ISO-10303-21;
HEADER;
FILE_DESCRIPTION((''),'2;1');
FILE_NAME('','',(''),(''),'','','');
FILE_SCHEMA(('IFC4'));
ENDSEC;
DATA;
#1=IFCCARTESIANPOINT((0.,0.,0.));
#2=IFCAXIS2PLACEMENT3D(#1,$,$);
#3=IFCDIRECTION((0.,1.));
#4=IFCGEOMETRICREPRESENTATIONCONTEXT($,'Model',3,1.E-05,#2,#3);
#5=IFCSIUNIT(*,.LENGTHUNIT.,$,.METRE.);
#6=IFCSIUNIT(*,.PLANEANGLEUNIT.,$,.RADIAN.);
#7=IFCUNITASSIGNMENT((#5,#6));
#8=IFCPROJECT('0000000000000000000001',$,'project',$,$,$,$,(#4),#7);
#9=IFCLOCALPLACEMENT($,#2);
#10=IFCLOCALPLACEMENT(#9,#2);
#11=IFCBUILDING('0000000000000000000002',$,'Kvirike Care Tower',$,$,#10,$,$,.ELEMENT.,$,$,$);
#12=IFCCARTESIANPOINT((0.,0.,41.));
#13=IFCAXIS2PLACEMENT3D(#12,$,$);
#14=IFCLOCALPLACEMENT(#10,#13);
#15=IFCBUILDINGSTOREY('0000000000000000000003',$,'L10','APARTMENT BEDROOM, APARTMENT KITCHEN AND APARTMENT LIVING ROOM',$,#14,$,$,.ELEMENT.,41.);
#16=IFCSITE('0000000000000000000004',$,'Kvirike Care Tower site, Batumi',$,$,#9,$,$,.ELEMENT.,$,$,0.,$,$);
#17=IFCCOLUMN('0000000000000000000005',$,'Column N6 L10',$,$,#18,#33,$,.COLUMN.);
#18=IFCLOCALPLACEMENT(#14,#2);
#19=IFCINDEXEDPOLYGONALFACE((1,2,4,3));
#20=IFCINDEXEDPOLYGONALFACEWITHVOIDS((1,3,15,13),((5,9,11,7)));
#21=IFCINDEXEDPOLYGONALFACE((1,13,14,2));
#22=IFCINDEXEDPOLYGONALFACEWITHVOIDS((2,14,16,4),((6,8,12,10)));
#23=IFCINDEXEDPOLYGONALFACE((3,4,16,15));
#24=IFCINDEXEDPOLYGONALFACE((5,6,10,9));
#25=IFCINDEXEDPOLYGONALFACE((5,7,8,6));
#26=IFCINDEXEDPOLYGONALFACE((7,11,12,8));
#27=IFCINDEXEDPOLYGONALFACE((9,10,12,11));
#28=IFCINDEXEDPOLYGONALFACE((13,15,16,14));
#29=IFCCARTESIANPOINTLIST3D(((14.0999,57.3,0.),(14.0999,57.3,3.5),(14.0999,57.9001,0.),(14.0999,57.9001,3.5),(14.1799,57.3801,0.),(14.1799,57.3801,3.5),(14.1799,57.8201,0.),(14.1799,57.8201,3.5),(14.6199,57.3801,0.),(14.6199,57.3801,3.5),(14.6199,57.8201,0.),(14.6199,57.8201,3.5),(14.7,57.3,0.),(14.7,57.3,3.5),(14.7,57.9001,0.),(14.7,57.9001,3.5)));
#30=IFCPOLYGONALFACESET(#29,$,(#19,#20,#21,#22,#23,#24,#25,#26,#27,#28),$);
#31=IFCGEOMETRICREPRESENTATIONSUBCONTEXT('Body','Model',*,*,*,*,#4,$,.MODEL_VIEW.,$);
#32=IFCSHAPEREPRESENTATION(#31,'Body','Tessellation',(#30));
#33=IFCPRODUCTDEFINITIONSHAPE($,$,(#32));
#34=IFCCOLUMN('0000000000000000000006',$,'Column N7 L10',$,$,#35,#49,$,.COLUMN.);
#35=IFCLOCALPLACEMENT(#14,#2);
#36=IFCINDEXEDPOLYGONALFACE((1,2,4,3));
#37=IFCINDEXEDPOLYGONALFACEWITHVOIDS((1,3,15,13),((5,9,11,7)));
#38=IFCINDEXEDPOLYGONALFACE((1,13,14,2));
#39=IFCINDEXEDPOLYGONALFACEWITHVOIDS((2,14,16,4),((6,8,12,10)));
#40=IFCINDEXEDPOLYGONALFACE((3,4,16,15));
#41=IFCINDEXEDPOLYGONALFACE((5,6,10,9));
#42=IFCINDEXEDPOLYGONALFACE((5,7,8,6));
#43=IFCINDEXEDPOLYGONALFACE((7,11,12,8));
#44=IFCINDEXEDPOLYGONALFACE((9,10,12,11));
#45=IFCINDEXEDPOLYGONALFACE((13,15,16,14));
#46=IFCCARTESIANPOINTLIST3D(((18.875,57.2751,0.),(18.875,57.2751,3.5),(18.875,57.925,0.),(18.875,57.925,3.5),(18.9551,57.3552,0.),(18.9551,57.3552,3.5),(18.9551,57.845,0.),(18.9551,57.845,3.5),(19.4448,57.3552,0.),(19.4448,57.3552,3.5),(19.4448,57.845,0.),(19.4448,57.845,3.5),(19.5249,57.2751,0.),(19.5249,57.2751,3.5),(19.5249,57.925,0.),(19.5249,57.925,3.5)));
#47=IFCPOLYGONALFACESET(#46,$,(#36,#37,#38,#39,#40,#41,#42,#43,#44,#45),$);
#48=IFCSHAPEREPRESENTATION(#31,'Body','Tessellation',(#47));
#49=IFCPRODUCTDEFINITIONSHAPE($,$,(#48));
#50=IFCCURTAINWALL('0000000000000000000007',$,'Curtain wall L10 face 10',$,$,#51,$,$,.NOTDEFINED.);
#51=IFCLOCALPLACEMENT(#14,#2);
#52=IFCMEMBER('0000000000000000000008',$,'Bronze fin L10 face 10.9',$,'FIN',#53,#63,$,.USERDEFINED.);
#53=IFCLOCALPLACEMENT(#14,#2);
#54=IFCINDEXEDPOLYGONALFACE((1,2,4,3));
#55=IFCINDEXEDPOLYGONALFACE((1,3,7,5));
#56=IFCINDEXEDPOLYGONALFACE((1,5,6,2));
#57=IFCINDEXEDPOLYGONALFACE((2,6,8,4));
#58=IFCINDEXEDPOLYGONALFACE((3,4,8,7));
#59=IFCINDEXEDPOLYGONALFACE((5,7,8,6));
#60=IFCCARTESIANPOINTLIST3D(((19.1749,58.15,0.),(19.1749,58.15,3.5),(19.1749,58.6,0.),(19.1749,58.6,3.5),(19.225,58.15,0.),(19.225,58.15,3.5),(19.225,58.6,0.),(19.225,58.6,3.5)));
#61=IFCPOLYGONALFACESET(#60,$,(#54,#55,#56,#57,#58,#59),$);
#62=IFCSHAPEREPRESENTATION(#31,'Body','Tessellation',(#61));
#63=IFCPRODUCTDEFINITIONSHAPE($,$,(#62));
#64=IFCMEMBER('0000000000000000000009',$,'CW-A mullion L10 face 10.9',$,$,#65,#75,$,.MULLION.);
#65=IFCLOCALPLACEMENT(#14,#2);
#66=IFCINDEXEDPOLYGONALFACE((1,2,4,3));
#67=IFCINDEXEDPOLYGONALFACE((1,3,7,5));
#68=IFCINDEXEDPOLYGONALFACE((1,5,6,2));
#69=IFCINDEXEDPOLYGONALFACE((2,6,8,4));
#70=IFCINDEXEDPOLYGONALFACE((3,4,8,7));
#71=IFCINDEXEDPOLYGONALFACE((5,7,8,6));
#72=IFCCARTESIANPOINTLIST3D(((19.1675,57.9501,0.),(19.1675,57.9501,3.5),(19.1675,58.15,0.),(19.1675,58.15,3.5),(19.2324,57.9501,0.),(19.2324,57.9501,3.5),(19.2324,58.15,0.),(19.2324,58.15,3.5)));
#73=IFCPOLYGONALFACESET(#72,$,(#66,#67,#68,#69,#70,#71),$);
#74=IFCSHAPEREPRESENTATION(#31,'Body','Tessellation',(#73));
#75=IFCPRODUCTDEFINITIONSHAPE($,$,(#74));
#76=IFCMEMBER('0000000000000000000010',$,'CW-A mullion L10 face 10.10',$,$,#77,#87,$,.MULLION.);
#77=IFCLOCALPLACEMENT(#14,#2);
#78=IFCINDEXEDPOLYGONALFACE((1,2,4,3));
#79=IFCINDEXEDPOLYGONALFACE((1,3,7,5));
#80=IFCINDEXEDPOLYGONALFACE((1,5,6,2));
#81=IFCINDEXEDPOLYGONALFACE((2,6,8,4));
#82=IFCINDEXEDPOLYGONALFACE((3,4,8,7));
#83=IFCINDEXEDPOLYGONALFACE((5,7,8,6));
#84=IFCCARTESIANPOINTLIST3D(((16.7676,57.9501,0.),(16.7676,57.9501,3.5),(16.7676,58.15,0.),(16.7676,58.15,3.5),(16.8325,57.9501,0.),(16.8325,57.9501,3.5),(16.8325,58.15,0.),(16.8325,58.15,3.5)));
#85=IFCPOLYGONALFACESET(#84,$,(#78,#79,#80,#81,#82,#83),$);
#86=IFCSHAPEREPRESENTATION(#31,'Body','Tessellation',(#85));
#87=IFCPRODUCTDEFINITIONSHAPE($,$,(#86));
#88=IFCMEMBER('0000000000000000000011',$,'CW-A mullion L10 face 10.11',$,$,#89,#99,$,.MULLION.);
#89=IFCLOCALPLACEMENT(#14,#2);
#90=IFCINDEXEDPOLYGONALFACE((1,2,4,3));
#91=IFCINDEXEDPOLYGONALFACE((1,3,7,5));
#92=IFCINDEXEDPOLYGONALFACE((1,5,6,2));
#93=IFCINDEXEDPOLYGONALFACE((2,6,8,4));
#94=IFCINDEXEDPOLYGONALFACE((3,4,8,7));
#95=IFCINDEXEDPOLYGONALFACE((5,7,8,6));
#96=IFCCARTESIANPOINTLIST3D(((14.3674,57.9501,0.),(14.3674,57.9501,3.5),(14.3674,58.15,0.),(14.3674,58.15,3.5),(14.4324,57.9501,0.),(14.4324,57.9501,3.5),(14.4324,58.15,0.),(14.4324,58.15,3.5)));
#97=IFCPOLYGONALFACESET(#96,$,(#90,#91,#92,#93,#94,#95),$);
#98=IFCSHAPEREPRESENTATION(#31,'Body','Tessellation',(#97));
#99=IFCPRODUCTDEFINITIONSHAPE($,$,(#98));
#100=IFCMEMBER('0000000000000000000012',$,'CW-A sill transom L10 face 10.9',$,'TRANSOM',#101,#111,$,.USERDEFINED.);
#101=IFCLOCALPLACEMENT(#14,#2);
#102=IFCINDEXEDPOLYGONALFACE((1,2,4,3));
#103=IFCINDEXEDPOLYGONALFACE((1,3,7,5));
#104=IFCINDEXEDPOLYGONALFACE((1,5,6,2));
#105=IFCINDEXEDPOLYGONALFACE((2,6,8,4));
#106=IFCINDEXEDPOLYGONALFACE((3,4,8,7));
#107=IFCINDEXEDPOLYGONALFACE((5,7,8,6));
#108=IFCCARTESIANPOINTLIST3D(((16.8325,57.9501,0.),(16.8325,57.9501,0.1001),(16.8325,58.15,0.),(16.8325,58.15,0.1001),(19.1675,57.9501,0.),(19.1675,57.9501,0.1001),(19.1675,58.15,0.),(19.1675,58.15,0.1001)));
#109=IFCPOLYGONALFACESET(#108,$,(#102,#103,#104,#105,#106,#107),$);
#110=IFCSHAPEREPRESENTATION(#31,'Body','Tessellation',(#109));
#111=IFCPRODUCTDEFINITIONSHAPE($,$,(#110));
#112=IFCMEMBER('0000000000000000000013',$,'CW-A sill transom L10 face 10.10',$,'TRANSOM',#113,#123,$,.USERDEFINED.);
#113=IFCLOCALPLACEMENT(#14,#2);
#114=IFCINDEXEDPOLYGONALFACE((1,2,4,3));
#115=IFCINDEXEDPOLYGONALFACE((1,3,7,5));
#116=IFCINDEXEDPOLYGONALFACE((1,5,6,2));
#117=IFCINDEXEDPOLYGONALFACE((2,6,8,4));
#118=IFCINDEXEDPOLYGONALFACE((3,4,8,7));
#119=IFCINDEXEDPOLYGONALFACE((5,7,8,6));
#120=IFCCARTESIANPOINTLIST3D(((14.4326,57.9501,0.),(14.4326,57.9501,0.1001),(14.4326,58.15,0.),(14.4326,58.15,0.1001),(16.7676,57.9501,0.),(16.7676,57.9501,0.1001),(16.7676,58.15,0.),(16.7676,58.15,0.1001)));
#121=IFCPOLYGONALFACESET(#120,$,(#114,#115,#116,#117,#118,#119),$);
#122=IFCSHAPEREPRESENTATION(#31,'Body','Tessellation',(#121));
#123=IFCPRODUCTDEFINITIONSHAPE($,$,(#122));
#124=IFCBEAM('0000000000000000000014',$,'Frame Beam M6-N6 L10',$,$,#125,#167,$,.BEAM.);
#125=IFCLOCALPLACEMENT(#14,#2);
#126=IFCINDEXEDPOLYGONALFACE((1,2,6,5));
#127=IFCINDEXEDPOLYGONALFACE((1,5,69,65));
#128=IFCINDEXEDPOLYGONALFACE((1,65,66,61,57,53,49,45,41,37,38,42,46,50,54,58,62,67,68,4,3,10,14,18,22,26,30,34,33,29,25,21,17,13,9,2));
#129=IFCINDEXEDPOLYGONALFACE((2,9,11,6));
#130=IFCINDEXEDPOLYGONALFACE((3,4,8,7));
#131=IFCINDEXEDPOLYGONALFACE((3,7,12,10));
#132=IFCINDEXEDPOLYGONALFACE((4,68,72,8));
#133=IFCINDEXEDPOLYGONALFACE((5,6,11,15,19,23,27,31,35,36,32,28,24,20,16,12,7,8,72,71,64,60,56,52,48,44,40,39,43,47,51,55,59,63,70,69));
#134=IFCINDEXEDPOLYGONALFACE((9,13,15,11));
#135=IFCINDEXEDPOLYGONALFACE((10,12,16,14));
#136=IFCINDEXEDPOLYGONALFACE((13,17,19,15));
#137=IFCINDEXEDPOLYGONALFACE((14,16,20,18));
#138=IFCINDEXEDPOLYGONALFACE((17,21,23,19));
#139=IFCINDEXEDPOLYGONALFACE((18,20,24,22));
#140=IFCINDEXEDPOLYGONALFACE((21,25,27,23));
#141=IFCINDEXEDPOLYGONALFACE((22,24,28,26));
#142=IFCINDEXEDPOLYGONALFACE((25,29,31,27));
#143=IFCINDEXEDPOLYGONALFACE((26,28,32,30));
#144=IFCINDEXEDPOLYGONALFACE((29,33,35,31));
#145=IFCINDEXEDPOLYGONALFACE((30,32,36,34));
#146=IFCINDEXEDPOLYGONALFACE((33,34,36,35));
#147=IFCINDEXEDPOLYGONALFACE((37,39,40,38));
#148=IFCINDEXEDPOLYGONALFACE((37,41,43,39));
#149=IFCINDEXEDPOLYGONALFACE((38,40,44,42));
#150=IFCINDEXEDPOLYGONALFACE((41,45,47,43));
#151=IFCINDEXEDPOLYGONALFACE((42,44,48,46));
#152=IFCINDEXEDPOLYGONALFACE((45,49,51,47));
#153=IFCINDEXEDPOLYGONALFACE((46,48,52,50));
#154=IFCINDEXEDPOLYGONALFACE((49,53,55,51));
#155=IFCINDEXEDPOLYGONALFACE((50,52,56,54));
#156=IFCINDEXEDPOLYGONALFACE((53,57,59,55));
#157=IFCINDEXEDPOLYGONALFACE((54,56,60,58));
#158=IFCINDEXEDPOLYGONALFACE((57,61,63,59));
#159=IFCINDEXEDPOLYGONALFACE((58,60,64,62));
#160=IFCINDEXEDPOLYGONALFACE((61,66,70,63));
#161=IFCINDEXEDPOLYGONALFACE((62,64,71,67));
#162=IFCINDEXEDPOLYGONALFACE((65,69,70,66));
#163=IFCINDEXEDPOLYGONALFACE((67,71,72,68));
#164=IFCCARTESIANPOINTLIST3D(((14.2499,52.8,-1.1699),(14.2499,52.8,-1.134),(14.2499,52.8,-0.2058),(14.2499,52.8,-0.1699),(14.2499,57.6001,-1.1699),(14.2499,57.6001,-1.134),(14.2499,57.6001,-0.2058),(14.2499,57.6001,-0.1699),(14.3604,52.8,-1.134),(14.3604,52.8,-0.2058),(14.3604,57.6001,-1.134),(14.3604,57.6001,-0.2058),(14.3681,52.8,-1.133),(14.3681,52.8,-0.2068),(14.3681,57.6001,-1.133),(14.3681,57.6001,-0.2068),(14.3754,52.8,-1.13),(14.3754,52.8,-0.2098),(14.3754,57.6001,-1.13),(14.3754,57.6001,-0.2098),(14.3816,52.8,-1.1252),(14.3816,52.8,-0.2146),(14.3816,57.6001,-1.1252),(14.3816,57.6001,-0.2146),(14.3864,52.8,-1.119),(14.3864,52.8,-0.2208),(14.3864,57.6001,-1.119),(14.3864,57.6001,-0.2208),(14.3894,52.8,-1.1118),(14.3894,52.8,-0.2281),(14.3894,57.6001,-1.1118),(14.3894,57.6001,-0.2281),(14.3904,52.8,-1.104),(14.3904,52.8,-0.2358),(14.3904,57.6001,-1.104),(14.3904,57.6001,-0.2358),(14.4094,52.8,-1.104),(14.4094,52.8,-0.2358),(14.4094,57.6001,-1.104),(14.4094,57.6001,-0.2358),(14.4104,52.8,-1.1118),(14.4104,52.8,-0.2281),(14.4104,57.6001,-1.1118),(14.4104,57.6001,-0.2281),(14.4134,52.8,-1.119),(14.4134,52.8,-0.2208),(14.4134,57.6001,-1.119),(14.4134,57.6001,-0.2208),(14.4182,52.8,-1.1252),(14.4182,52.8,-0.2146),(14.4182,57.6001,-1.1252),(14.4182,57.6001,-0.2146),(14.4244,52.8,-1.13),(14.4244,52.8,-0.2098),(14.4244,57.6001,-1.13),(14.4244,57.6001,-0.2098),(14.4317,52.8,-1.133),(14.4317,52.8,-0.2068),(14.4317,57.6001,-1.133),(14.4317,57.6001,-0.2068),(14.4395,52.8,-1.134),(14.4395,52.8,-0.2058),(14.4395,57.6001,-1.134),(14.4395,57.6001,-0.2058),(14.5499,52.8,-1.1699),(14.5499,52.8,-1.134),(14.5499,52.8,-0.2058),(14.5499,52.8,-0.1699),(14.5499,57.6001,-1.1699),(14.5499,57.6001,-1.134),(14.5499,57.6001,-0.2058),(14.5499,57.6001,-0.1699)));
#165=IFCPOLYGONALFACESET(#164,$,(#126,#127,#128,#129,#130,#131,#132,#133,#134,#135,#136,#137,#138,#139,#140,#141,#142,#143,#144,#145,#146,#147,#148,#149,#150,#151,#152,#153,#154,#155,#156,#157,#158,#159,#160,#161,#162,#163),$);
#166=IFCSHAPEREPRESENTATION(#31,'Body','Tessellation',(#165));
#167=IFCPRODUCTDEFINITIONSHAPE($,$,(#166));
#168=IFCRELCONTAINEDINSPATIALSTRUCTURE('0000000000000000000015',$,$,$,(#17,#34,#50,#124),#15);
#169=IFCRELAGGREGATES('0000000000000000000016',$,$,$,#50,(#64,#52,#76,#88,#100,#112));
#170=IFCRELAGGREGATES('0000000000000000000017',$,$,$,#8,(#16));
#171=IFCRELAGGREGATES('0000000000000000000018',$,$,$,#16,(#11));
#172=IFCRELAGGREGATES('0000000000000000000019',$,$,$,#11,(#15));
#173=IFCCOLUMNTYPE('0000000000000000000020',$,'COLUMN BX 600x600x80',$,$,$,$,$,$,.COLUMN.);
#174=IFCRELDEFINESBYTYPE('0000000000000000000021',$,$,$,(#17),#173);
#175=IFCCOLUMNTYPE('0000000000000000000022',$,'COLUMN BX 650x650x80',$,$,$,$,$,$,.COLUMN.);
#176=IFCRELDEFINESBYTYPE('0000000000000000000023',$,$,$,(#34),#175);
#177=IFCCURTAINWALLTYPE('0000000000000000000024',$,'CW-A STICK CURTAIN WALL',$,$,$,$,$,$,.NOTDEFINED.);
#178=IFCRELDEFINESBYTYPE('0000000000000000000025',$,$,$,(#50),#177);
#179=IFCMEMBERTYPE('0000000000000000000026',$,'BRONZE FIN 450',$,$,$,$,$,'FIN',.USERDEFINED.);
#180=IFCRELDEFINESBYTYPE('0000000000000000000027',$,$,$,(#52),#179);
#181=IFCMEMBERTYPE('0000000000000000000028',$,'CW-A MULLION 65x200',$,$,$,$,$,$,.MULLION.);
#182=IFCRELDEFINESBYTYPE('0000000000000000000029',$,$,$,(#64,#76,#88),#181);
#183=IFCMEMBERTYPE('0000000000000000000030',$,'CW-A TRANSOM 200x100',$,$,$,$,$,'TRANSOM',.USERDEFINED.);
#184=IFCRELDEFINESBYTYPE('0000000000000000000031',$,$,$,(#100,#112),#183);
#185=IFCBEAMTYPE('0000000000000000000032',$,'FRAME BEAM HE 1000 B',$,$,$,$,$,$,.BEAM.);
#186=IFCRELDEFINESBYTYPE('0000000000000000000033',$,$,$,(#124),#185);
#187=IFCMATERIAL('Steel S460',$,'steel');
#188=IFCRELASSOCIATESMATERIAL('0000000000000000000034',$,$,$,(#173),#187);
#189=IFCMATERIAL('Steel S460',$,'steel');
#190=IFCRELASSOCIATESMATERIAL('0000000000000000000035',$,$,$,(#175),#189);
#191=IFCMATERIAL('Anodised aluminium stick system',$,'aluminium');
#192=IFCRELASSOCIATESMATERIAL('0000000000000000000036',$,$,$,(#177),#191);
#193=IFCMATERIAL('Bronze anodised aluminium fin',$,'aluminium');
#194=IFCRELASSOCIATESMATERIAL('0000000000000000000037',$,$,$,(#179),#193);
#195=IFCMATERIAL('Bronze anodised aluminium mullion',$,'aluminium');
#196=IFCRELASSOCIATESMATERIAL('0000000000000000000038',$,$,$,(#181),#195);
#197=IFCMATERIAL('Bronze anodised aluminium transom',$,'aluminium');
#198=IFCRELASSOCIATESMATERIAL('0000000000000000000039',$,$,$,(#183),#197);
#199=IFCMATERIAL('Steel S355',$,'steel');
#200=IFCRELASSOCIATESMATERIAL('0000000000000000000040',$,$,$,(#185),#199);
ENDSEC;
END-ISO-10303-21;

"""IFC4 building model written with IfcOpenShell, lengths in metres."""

from ifc_helpers import new_model, si_unit, direction, frame, origin, origin_2d, place, context, subcontext, project, spatial, rectangle, hollow_rectangle, i_section, extrude, material, material_profile, profile_set, type_object, element, aggregate, save


model = new_model("IFC4")

# Units and contexts
model_context = context("Model", 3, precision=1e-05, world=origin(), true_north=direction((0.0, 1.0)))
body_context = subcontext(model_context, "Body", "Model", "MODEL_VIEW")
ifc_project = project(units=[si_unit("LENGTHUNIT", "METRE"), si_unit("PLANEANGLEUNIT", "RADIAN")], contexts=[model_context])

# Site, building, storey
site_placement = place(None, origin())
site = spatial("IfcSite", under=ifc_project, at=site_placement, Name="Kvirike Care Tower site, Batumi", CompositionType="ELEMENT", RefElevation=0.0)
building_placement = place(site_placement, origin())
building = spatial("IfcBuilding", under=site, at=building_placement, Name="Kvirike Care Tower", CompositionType="ELEMENT")
storey_placement = place(building_placement, frame((0.0, 0.0, 41.0)))
storey = spatial("IfcBuildingStorey", under=building, at=storey_placement, Name="L10", Description="APARTMENT BEDROOM, APARTMENT KITCHEN AND APARTMENT LIVING ROOM", CompositionType="ELEMENT", Elevation=41.0)

# Columns
ifc_material_1 = material(Name="Steel S460", Category="steel")
ifc_material_profile_1 = material_profile(ifc_material_1, hollow_rectangle(XDim=0.6001, YDim=0.6001, WallThickness=0.0801, at=origin_2d()), Name="BX 600x600x80")
ifc_profile_set_1 = profile_set([ifc_material_profile_1], Name="Steel S460")
column_type_1 = type_object("IfcColumnType", Name="COLUMN BX 600x600x80", PredefinedType="COLUMN", material=ifc_profile_set_1)
column_1_placement = place(storey_placement, frame((14.3999, 57.6001, 0.0), z_axis=(0.0, 0.0, 1.0), x_axis=(0.0, 1.0, 0.0)))
element("IfcColumn", 1, at=column_1_placement, inside=storey, type_object=column_type_1, Name="Column N6 L10", PredefinedType="COLUMN", context=body_context, shape_type="SweptSolid", body=[
    extrude(hollow_rectangle(XDim=0.6001, YDim=0.6001, WallThickness=0.0801, at=origin_2d()), origin(), (0.0, 0.0, 1.0), 3.5),
])
ifc_material_2 = material(Name="Steel S460", Category="steel")
ifc_material_profile_2 = material_profile(ifc_material_2, hollow_rectangle(XDim=0.6499, YDim=0.6499, WallThickness=0.0801, at=origin_2d()), Name="BX 650x650x80")
ifc_profile_set_2 = profile_set([ifc_material_profile_2], Name="Steel S460")
column_type_2 = type_object("IfcColumnType", Name="COLUMN BX 650x650x80", PredefinedType="COLUMN", material=ifc_profile_set_2)
column_2_placement = place(storey_placement, frame((19.2, 57.6001, 0.0), z_axis=(0.0, 0.0, 1.0), x_axis=(0.0, 1.0, 0.0)))
element("IfcColumn", 2, at=column_2_placement, inside=storey, type_object=column_type_2, Name="Column N7 L10", PredefinedType="COLUMN", context=body_context, shape_type="SweptSolid", body=[
    extrude(hollow_rectangle(XDim=0.6499, YDim=0.6499, WallThickness=0.0801, at=origin_2d()), origin(), (0.0, 0.0, 1.0), 3.5),
])

# Curtain wall, members
ifc_material_3 = material(Name="Anodised aluminium stick system", Category="aluminium")
curtain_wall_type = type_object("IfcCurtainWallType", Name="CW-A STICK CURTAIN WALL", PredefinedType="NOTDEFINED", material=ifc_material_3)
curtain_wall_placement = place(storey_placement, origin())
curtain_wall = element("IfcCurtainWall", 3, at=curtain_wall_placement, inside=storey, type_object=curtain_wall_type, Name="Curtain wall L10 face 10", PredefinedType="NOTDEFINED")
ifc_material_4 = material(Name="Bronze anodised aluminium fin", Category="aluminium")
ifc_material_profile_3 = material_profile(ifc_material_4, rectangle(XDim=0.05, YDim=0.45, at=origin_2d()), Name="BRONZE FIN 450")
ifc_profile_set_3 = profile_set([ifc_material_profile_3], Name="Bronze anodised aluminium fin")
member_type_1 = type_object("IfcMemberType", Name="BRONZE FIN 450", ElementType="FIN", PredefinedType="USERDEFINED", material=ifc_profile_set_3)
member_1_placement = place(storey_placement, frame((19.2, 58.375, 0.0), z_axis=(0.0, 0.0, 1.0), x_axis=(-1.0, 0.0, 0.0)))
member_1 = element("IfcMember", 4, at=member_1_placement, type_object=member_type_1, Name="Bronze fin L10 face 10.9", ObjectType="FIN", PredefinedType="USERDEFINED", context=body_context, shape_type="SweptSolid", body=[
    extrude(rectangle(XDim=0.05, YDim=0.45, at=origin_2d()), origin(), (0.0, 0.0, 1.0), 3.5),
])
ifc_material_5 = material(Name="Bronze anodised aluminium mullion", Category="aluminium")
ifc_material_profile_4 = material_profile(ifc_material_5, rectangle(XDim=0.0649, YDim=0.2, at=origin_2d()), Name="CW-A MULLION 65x200")
ifc_profile_set_4 = profile_set([ifc_material_profile_4], Name="Bronze anodised aluminium mullion")
member_type_2 = type_object("IfcMemberType", Name="CW-A MULLION 65x200", PredefinedType="MULLION", material=ifc_profile_set_4)
member_2_placement = place(storey_placement, frame((19.2, 58.05, 0.0), z_axis=(0.0, 0.0, 1.0), x_axis=(-1.0, 0.0, 0.0)))
member_2 = element("IfcMember", 5, at=member_2_placement, type_object=member_type_2, Name="CW-A mullion L10 face 10.9", PredefinedType="MULLION", context=body_context, shape_type="SweptSolid", body=[
    extrude(rectangle(XDim=0.0649, YDim=0.2, at=origin_2d()), origin(), (0.0, 0.0, 1.0), 3.5),
])
member_3_placement = place(storey_placement, frame((16.8, 58.05, 0.0), z_axis=(0.0, 0.0, 1.0), x_axis=(-1.0, 0.0, 0.0)))
member_3 = element("IfcMember", 6, at=member_3_placement, type_object=member_type_2, Name="CW-A mullion L10 face 10.10", PredefinedType="MULLION", context=body_context, shape_type="SweptSolid", body=[
    extrude(rectangle(XDim=0.0649, YDim=0.2, at=origin_2d()), origin(), (0.0, 0.0, 1.0), 3.5),
])
member_4_placement = place(storey_placement, frame((14.3999, 58.05, 0.0), z_axis=(0.0, 0.0, 1.0), x_axis=(-1.0, 0.0, 0.0)))
member_4 = element("IfcMember", 7, at=member_4_placement, type_object=member_type_2, Name="CW-A mullion L10 face 10.11", PredefinedType="MULLION", context=body_context, shape_type="SweptSolid", body=[
    extrude(rectangle(XDim=0.0649, YDim=0.2, at=origin_2d()), origin(), (0.0, 0.0, 1.0), 3.5),
])
ifc_material_6 = material(Name="Bronze anodised aluminium transom", Category="aluminium")
ifc_material_profile_5 = material_profile(ifc_material_6, rectangle(XDim=0.2, YDim=0.1001, at=origin_2d()), Name="CW-A TRANSOM 200x100")
ifc_profile_set_5 = profile_set([ifc_material_profile_5], Name="Bronze anodised aluminium transom")
member_type_3 = type_object("IfcMemberType", Name="CW-A TRANSOM 200x100", ElementType="TRANSOM", PredefinedType="USERDEFINED", material=ifc_profile_set_5)
member_5_placement = place(storey_placement, frame((19.1675, 58.05, 0.05), z_axis=(-1.0, 0.0, 0.0), x_axis=(0.0, -1.0, 0.0)))
member_5 = element("IfcMember", 8, at=member_5_placement, type_object=member_type_3, Name="CW-A sill transom L10 face 10.9", ObjectType="TRANSOM", PredefinedType="USERDEFINED", context=body_context, shape_type="SweptSolid", body=[
    extrude(rectangle(XDim=0.2, YDim=0.1001, at=origin_2d()), origin(), (0.0, 0.0, 1.0), 2.335),
])
member_6_placement = place(storey_placement, frame((16.7676, 58.05, 0.05), z_axis=(-1.0, 0.0, 0.0), x_axis=(0.0, -1.0, 0.0)))
member_6 = element("IfcMember", 9, at=member_6_placement, type_object=member_type_3, Name="CW-A sill transom L10 face 10.10", ObjectType="TRANSOM", PredefinedType="USERDEFINED", context=body_context, shape_type="SweptSolid", body=[
    extrude(rectangle(XDim=0.2, YDim=0.1001, at=origin_2d()), origin(), (0.0, 0.0, 1.0), 2.335),
])

# Beam
ifc_material_7 = material(Name="Steel S355", Category="steel")
ifc_material_profile_6 = material_profile(ifc_material_7, i_section(OverallWidth=0.3, OverallDepth=1.0, WebThickness=0.019, FlangeThickness=0.0359, FilletRadius=0.03, at=origin_2d()), Name="HE 1000 B")
ifc_profile_set_6 = profile_set([ifc_material_profile_6], Name="Steel S355")
beam_type_1 = type_object("IfcBeamType", Name="FRAME BEAM HE 1000 B", PredefinedType="BEAM", material=ifc_profile_set_6)
beam_placement = place(storey_placement, frame((14.3999, 52.8, -0.6699), z_axis=(0.0, 1.0, 0.0), x_axis=(-1.0, 0.0, 0.0)))
element("IfcBeam", 10, at=beam_placement, inside=storey, type_object=beam_type_1, Name="Frame Beam M6-N6 L10", PredefinedType="BEAM", context=body_context, shape_type="SweptSolid", body=[
    extrude(i_section(OverallWidth=0.3, OverallDepth=1.0, WebThickness=0.019, FlangeThickness=0.0359, FilletRadius=0.03, at=origin_2d()), origin(), (0.0, 0.0, 1.0), 4.8),
])

aggregate(curtain_wall, [member_2, member_1, member_3, member_4, member_5, member_6])

save(model, "model.ifc")
